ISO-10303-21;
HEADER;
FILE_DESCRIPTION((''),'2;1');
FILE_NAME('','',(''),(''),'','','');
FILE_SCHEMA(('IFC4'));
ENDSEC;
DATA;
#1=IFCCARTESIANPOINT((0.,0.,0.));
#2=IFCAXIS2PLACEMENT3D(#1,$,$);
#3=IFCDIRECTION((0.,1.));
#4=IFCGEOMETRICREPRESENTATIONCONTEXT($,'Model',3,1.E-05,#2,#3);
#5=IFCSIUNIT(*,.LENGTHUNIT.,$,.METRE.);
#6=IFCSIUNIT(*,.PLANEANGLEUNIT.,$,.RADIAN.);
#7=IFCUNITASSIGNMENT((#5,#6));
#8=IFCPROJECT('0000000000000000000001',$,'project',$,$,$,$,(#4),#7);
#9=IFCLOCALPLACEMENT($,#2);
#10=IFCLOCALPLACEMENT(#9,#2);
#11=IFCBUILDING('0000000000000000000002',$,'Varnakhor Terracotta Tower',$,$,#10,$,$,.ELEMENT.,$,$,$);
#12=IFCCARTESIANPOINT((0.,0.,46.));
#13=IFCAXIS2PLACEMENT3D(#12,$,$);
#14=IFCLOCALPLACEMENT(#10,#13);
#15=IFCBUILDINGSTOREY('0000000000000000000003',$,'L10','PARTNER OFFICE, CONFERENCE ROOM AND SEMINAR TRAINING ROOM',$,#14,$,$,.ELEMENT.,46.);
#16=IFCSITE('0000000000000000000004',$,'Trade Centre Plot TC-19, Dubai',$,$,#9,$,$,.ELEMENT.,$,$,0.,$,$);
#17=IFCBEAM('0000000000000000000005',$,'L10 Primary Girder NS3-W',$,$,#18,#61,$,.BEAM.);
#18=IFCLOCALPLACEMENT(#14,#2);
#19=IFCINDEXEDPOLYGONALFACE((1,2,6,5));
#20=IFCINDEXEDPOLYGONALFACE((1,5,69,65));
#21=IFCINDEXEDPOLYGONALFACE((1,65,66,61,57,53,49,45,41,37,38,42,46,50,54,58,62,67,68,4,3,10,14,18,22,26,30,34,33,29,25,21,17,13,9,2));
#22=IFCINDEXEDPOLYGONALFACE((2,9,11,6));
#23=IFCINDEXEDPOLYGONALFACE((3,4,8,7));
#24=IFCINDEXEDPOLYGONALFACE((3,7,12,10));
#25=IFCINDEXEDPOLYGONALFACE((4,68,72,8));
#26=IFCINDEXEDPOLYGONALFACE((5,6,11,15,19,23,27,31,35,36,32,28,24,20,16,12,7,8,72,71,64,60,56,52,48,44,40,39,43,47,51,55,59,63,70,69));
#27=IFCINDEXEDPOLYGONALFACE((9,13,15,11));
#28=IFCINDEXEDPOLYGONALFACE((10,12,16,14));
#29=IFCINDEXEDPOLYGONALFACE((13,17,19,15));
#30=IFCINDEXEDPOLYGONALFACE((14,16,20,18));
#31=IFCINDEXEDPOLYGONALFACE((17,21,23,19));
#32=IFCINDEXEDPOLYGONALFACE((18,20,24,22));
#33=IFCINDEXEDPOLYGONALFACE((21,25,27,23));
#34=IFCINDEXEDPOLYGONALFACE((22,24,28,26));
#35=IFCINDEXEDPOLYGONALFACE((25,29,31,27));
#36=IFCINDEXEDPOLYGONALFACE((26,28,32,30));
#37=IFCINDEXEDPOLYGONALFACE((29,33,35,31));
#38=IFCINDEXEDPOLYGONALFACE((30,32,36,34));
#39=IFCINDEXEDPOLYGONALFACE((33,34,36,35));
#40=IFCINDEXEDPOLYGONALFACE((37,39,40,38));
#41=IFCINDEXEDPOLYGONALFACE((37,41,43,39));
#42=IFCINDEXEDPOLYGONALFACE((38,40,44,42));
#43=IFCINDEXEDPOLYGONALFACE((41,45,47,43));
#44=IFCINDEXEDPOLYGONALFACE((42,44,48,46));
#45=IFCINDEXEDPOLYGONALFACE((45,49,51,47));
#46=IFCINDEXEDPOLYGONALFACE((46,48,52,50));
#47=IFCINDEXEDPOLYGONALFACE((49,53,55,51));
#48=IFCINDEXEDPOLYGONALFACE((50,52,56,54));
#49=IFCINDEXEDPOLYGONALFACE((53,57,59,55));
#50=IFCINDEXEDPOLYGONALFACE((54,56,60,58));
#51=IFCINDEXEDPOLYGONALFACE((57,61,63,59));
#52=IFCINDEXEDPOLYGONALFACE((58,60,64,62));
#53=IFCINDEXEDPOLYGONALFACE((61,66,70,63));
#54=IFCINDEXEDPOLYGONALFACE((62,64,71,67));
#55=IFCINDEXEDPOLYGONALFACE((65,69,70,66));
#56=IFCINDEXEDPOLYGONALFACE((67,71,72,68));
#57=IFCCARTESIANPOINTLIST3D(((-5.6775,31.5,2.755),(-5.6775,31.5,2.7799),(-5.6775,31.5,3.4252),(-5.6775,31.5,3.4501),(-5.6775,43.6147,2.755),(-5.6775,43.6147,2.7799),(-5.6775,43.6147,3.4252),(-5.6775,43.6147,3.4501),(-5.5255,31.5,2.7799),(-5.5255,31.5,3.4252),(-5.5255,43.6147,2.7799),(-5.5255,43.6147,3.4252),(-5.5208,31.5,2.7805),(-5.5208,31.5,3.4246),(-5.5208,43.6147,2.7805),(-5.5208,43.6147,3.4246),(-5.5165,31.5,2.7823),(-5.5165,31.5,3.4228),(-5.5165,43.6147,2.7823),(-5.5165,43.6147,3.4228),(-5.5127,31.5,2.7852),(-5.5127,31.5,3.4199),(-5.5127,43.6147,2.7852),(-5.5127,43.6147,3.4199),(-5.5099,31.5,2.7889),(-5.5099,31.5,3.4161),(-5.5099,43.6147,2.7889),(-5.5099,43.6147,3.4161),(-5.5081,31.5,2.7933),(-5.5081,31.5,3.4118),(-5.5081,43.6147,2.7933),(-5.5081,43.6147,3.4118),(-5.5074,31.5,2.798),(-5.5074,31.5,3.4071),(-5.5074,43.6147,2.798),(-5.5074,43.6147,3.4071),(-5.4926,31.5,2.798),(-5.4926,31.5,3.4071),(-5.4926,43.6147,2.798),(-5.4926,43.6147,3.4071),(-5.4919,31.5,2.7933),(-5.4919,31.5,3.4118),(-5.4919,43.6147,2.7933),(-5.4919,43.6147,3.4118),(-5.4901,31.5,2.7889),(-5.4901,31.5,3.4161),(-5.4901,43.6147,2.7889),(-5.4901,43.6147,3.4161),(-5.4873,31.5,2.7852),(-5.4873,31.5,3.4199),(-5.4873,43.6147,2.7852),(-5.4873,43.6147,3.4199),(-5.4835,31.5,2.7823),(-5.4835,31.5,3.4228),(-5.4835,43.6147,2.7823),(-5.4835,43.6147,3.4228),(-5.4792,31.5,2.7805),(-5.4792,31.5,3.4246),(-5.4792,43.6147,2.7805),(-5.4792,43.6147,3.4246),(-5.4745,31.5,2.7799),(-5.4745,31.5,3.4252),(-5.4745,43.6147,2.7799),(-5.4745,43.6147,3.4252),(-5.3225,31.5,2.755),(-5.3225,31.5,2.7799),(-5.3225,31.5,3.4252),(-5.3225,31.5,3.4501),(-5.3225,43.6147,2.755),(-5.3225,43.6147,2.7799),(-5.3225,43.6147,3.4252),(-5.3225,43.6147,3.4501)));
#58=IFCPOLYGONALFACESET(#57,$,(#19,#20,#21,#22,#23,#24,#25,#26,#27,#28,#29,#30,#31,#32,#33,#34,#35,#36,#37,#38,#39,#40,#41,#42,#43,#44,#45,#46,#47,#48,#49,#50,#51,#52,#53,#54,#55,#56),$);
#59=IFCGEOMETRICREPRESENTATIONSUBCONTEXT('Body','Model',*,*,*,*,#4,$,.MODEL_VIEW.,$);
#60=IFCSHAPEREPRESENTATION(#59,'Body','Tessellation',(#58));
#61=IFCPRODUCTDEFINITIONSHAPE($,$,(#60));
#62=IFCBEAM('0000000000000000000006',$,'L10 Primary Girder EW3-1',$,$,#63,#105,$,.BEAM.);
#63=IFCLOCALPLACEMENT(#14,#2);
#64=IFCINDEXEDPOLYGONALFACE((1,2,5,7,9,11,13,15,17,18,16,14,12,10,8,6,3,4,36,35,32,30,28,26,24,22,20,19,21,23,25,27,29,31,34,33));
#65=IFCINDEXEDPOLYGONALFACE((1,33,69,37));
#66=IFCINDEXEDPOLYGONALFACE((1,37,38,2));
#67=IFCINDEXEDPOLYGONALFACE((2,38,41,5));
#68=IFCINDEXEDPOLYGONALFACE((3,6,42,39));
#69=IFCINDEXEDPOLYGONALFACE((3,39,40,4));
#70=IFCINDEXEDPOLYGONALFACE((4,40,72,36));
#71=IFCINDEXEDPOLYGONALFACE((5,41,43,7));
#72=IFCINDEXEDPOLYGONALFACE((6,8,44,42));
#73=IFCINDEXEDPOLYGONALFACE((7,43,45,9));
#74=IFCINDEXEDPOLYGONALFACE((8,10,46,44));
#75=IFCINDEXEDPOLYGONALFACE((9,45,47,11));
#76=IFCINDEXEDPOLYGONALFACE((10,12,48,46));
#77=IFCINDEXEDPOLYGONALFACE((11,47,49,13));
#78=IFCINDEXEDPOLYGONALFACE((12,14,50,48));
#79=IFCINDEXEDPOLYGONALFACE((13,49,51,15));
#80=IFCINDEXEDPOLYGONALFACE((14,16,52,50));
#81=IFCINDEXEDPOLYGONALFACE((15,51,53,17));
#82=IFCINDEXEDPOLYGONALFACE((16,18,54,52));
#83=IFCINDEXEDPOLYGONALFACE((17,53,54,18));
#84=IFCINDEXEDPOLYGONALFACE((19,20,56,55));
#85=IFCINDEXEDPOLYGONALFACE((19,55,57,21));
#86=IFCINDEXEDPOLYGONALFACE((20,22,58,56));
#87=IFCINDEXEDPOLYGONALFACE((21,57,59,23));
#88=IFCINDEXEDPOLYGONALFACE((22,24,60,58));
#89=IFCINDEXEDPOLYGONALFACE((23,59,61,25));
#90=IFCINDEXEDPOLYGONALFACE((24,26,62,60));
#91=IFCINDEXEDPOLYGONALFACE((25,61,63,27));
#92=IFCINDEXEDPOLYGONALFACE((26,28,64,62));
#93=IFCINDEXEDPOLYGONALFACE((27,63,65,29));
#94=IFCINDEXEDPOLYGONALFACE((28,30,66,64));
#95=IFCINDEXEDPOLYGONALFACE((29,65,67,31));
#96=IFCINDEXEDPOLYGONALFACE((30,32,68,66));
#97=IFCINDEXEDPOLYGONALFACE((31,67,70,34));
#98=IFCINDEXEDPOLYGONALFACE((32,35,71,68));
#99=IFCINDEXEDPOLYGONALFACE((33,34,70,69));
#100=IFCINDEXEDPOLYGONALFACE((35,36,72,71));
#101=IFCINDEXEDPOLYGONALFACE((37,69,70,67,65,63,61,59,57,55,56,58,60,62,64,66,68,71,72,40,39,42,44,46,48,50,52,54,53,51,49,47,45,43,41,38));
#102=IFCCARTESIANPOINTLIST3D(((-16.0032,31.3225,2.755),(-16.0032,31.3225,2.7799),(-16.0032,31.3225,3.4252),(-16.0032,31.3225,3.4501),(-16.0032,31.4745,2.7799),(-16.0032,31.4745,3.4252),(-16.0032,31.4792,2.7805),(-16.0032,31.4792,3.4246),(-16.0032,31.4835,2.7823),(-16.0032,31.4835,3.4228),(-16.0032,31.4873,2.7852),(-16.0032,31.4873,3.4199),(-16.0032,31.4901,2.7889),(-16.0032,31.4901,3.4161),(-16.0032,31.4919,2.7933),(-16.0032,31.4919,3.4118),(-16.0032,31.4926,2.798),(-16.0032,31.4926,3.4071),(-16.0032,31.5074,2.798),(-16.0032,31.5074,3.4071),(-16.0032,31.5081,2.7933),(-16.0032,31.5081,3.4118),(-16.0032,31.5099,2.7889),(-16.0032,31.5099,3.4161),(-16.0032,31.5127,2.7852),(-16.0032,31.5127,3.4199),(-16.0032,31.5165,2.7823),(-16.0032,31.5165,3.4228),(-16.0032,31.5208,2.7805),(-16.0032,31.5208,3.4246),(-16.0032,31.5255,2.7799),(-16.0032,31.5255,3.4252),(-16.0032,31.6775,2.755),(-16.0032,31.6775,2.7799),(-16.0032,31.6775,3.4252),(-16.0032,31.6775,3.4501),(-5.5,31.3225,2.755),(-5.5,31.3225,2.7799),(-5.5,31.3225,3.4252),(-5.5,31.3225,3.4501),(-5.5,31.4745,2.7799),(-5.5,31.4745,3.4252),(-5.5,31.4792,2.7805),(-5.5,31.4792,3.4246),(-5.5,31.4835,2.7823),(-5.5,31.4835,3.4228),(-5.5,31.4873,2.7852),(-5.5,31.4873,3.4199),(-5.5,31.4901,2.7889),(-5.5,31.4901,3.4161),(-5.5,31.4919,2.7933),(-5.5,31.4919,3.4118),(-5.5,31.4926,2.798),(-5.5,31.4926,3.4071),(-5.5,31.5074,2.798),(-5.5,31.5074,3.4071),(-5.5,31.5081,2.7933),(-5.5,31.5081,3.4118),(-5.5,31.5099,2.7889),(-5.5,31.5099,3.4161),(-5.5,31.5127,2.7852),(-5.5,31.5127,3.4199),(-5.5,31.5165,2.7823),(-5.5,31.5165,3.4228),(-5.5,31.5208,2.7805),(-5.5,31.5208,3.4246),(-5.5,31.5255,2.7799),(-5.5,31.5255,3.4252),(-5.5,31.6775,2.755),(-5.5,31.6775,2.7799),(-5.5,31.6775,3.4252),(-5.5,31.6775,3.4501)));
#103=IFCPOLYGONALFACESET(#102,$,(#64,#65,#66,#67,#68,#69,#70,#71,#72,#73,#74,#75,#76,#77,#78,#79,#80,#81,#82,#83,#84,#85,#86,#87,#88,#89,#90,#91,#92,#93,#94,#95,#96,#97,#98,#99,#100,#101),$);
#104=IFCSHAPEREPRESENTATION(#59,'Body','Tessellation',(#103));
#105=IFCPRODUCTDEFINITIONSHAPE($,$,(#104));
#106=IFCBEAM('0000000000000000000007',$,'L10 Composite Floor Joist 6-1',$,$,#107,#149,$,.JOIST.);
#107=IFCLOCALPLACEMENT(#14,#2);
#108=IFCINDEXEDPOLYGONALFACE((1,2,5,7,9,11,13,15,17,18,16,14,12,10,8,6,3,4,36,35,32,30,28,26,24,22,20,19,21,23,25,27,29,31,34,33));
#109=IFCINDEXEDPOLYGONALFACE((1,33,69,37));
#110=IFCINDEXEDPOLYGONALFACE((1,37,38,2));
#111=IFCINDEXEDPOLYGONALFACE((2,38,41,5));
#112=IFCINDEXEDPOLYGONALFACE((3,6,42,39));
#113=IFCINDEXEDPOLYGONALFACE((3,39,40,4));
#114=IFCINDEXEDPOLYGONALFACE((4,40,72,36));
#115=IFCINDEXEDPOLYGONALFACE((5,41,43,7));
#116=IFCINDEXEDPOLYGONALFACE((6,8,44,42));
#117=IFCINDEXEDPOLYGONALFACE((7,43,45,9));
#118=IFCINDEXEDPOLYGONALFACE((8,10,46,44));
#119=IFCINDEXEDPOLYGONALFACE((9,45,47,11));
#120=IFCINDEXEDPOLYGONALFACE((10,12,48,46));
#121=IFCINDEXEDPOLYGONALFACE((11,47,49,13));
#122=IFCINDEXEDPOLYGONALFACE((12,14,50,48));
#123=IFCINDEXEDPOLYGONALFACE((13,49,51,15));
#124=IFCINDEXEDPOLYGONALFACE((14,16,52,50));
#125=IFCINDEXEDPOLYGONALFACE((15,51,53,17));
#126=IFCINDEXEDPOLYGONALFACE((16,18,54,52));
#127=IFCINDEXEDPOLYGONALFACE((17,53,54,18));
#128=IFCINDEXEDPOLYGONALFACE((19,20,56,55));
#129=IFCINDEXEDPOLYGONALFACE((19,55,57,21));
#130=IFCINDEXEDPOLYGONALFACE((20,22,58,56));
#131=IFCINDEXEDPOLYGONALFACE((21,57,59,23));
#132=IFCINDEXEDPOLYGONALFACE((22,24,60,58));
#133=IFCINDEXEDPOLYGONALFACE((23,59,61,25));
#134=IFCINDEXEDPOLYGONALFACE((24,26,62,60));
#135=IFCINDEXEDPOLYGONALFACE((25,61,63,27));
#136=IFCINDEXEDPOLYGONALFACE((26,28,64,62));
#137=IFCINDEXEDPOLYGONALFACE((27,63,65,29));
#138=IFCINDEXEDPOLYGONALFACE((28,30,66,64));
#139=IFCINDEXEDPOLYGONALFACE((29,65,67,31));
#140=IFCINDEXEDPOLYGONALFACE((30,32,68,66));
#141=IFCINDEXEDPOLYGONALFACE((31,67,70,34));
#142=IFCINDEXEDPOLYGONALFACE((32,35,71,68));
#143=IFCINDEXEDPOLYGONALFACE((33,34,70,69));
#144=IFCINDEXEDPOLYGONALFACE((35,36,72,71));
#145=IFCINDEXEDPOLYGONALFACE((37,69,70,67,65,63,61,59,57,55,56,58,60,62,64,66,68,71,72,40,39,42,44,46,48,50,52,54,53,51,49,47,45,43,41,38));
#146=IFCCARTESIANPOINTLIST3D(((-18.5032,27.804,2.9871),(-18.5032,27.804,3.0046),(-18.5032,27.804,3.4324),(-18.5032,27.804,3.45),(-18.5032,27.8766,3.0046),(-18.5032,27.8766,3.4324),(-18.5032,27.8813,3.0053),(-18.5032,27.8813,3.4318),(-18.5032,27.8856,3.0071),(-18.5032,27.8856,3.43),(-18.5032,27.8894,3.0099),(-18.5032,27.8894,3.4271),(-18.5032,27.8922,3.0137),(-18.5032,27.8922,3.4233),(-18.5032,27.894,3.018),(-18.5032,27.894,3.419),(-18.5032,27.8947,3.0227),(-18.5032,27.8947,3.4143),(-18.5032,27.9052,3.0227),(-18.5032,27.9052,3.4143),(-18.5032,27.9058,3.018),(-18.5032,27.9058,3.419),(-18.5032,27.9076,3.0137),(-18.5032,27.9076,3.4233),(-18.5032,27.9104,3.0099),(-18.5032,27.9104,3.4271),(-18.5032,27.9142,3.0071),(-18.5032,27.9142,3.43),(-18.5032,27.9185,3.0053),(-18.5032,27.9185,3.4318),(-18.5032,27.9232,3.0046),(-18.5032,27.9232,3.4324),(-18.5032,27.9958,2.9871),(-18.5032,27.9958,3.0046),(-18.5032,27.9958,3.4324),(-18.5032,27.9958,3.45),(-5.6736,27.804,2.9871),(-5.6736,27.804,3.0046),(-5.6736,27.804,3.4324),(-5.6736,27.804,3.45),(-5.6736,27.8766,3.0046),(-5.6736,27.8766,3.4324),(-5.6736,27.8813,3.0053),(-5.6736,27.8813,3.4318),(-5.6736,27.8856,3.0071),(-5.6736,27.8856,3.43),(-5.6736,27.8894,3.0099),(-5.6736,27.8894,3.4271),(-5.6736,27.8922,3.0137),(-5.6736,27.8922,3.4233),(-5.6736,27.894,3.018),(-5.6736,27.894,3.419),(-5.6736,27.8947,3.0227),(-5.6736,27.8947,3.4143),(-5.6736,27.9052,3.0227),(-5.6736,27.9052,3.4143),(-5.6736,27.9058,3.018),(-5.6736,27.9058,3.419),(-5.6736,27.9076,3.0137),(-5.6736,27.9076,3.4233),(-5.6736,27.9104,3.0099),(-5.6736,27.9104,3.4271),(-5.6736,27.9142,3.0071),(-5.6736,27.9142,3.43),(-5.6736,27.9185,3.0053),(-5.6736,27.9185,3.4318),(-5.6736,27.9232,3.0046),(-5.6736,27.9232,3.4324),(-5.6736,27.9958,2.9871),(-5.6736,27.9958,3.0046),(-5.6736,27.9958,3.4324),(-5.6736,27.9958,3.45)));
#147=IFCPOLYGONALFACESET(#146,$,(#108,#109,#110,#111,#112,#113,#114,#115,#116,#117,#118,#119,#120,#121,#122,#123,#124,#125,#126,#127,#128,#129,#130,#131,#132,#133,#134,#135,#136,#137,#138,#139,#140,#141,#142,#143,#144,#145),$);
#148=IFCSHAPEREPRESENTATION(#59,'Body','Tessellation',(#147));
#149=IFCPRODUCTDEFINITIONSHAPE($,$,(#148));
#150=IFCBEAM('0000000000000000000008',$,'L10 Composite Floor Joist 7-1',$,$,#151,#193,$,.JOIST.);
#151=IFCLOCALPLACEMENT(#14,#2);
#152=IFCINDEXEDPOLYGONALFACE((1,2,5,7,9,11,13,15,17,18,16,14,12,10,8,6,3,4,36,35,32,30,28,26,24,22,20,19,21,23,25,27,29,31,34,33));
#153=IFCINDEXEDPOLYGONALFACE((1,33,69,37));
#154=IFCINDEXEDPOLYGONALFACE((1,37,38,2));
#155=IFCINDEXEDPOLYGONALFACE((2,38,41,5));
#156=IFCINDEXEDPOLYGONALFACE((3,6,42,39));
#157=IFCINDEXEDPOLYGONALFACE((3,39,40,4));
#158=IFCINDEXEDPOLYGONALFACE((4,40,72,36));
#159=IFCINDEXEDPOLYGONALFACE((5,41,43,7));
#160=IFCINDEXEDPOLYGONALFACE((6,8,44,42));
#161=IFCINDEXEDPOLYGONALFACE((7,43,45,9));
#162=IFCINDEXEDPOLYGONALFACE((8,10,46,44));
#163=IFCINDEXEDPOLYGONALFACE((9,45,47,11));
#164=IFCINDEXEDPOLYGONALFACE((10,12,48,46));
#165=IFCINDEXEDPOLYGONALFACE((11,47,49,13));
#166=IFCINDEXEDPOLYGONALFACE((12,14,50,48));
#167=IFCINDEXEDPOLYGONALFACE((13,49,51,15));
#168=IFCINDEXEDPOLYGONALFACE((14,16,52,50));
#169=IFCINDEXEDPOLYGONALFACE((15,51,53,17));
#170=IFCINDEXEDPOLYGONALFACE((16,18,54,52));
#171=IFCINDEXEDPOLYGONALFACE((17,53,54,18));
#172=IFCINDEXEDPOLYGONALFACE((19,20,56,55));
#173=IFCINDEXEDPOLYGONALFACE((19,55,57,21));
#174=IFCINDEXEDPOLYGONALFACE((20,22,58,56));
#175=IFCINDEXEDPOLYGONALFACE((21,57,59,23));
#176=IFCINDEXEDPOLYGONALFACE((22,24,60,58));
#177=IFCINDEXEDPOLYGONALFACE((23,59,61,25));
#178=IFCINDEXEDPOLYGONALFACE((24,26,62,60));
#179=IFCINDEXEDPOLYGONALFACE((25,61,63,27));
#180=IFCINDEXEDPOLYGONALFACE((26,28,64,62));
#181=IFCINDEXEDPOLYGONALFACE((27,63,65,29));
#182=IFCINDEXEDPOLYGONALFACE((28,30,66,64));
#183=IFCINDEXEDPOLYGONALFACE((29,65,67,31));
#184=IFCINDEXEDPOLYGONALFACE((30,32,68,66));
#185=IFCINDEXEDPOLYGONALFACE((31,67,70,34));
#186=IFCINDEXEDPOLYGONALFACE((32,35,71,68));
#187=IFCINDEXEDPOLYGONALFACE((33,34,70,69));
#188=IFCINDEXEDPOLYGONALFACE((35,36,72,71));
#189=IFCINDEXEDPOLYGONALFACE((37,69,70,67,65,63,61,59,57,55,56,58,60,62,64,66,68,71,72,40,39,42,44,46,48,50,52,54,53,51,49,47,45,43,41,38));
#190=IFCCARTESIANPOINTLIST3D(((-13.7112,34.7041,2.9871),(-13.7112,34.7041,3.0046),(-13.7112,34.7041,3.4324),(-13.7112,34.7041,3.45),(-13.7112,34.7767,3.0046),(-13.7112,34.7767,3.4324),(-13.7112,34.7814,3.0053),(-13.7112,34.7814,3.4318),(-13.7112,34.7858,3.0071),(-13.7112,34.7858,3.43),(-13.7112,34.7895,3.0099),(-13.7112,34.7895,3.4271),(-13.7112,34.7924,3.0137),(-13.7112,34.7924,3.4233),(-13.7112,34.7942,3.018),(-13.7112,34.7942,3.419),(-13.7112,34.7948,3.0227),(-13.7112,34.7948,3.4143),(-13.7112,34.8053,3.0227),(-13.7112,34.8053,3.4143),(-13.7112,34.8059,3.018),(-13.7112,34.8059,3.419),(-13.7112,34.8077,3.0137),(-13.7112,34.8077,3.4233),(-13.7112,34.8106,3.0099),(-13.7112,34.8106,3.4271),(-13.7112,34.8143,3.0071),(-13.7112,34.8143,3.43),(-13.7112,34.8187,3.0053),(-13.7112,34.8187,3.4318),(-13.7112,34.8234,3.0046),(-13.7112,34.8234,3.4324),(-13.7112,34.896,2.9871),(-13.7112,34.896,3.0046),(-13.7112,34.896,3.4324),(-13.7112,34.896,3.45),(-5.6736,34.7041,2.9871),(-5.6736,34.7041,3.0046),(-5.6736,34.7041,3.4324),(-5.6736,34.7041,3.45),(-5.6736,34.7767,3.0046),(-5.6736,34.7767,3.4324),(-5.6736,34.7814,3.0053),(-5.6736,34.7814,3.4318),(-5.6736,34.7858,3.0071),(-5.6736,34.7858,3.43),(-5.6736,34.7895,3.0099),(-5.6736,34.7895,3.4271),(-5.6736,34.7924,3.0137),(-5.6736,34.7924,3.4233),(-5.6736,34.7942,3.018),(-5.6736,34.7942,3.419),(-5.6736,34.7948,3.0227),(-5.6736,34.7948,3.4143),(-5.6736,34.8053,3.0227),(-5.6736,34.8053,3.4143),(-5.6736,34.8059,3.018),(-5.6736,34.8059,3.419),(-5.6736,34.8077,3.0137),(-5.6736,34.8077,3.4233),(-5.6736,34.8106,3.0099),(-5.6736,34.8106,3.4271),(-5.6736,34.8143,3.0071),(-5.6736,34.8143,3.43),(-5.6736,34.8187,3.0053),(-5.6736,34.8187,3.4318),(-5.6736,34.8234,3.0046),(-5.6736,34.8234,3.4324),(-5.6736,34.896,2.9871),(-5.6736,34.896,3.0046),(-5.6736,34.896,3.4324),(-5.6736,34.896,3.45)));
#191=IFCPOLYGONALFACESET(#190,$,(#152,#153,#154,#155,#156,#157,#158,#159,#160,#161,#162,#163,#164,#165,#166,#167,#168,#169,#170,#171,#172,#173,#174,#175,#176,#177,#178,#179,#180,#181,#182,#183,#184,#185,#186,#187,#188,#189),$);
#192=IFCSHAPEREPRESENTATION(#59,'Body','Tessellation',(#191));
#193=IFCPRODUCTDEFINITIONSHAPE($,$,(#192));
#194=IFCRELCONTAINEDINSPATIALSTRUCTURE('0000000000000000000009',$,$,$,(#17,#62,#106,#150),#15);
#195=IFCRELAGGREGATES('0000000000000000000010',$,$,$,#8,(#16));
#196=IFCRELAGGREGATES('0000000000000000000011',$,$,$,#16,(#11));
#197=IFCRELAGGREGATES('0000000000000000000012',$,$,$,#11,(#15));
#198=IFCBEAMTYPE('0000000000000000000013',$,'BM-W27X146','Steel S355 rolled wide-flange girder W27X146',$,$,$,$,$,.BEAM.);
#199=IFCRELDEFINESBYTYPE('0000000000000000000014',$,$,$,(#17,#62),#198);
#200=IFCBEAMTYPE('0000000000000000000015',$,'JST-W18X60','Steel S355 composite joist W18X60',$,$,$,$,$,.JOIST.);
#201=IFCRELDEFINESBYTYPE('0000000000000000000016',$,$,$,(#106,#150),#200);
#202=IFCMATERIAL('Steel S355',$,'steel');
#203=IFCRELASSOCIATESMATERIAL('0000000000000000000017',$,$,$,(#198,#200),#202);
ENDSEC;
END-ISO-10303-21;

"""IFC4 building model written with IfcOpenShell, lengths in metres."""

from ifc_helpers import new_model, si_unit, direction, frame, origin, origin_2d, place, context, subcontext, project, spatial, i_section, extrude, source, transform, mapped, material, material_profile, profile_set, type_object, element, save


model = new_model("IFC4")

# Units and contexts
model_context = context("Model", 3, precision=1e-05, world=origin(), true_north=direction((0.0, 1.0)))
body_context = subcontext(model_context, "Body", "Model", "MODEL_VIEW")
ifc_project = project(units=[si_unit("LENGTHUNIT", "METRE"), si_unit("PLANEANGLEUNIT", "RADIAN")], contexts=[model_context])

# Site, building, storey
site_placement = place(None, origin())
site = spatial("IfcSite", under=ifc_project, at=site_placement, Name="Trade Centre Plot TC-19, Dubai", CompositionType="ELEMENT", RefElevation=0.0)
building_placement = place(site_placement, origin())
building = spatial("IfcBuilding", under=site, at=building_placement, Name="Varnakhor Terracotta Tower", CompositionType="ELEMENT")
storey_placement = place(building_placement, frame((0.0, 0.0, 46.0)))
storey = spatial("IfcBuildingStorey", under=building, at=storey_placement, Name="L10", Description="PARTNER OFFICE, CONFERENCE ROOM AND SEMINAR TRAINING ROOM", CompositionType="ELEMENT", Elevation=46.0)

# Beams
ifc_material_1 = material(Name="Steel S355", Category="steel")
ifc_material_profile_1 = material_profile(ifc_material_1, i_section(OverallWidth=0.355, OverallDepth=0.6951, WebThickness=0.0149, FlangeThickness=0.0249, FilletRadius=0.0181, at=origin_2d()), Name="W27X146")
ifc_profile_set_1 = profile_set([ifc_material_profile_1], Name="Steel S355")
beam_type_1 = type_object("IfcBeamType", Name="BM-W27X146", Description="Steel S355 rolled wide-flange girder W27X146", PredefinedType="BEAM", material=ifc_profile_set_1)
ifc_material_profile_2 = material_profile(ifc_material_1, i_section(OverallWidth=0.1919, OverallDepth=0.4629, WebThickness=0.0105, FlangeThickness=0.0176, FilletRadius=0.0181, at=origin_2d()), Name="W18X60")
ifc_profile_set_2 = profile_set([ifc_material_profile_2], Name="Steel S355")
beam_type_2 = type_object("IfcBeamType", Name="JST-W18X60", Description="Steel S355 composite joist W18X60", PredefinedType="JOIST", material=ifc_profile_set_2)
shared_shape_1 = source(origin(), body_context, "Body", "SweptSolid", [
    extrude(i_section(OverallWidth=0.355, OverallDepth=0.6951, WebThickness=0.0149, FlangeThickness=0.0249, FilletRadius=0.0181, at=origin_2d()), origin(), (0.0, 0.0, 1.0), 12.1147),
])
beam_1_placement = place(storey_placement, frame((-5.5, 31.5, 3.1025), z_axis=(0.0, 1.0, 0.0), x_axis=(-1.0, 0.0, 0.0)))
element("IfcBeam", 1, at=beam_1_placement, inside=storey, type_object=beam_type_1, Name="L10 Primary Girder NS3-W", PredefinedType="BEAM", context=body_context, shape_type="MappedRepresentation", body=[
    mapped(shared_shape_1, transform((0.0, 0.0, 0.0), scale=1.0)),
])
shared_shape_2 = source(origin(), body_context, "Body", "SweptSolid", [
    extrude(i_section(OverallWidth=0.355, OverallDepth=0.6951, WebThickness=0.0149, FlangeThickness=0.0249, FilletRadius=0.0181, at=origin_2d()), origin(), (0.0, 0.0, 1.0), 10.5032),
])
beam_2_placement = place(storey_placement, frame((-16.0032, 31.5, 3.1025), z_axis=(1.0, 0.0, 0.0), x_axis=(0.0, 1.0, 0.0)))
element("IfcBeam", 2, at=beam_2_placement, inside=storey, type_object=beam_type_1, Name="L10 Primary Girder EW3-1", PredefinedType="BEAM", context=body_context, shape_type="MappedRepresentation", body=[
    mapped(shared_shape_2, transform((0.0, 0.0, 0.0), scale=1.0)),
])
shared_shape_3 = source(origin(), body_context, "Body", "SweptSolid", [
    extrude(i_section(OverallWidth=0.1919, OverallDepth=0.4629, WebThickness=0.0105, FlangeThickness=0.0176, FilletRadius=0.0181, at=origin_2d()), origin(), (0.0, 0.0, 1.0), 12.8296),
])
beam_3_placement = place(storey_placement, frame((-18.5032, 27.8999, 3.2185), z_axis=(1.0, 0.0, 0.0), x_axis=(0.0, 1.0, 0.0)))
element("IfcBeam", 3, at=beam_3_placement, inside=storey, type_object=beam_type_2, Name="L10 Composite Floor Joist 6-1", PredefinedType="JOIST", context=body_context, shape_type="MappedRepresentation", body=[
    mapped(shared_shape_3, transform((0.0, 0.0, 0.0), scale=1.0)),
])
shared_shape_4 = source(origin(), body_context, "Body", "SweptSolid", [
    extrude(i_section(OverallWidth=0.1919, OverallDepth=0.4629, WebThickness=0.0105, FlangeThickness=0.0176, FilletRadius=0.0181, at=origin_2d()), origin(), (0.0, 0.0, 1.0), 8.0376),
])
beam_4_placement = place(storey_placement, frame((-13.7112, 34.8, 3.2185), z_axis=(1.0, 0.0, 0.0), x_axis=(0.0, 1.0, 0.0)))
element("IfcBeam", 4, at=beam_4_placement, inside=storey, type_object=beam_type_2, Name="L10 Composite Floor Joist 7-1", PredefinedType="JOIST", context=body_context, shape_type="MappedRepresentation", body=[
    mapped(shared_shape_4, transform((0.0, 0.0, 0.0), scale=1.0)),
])

save(model, "model.ifc")
